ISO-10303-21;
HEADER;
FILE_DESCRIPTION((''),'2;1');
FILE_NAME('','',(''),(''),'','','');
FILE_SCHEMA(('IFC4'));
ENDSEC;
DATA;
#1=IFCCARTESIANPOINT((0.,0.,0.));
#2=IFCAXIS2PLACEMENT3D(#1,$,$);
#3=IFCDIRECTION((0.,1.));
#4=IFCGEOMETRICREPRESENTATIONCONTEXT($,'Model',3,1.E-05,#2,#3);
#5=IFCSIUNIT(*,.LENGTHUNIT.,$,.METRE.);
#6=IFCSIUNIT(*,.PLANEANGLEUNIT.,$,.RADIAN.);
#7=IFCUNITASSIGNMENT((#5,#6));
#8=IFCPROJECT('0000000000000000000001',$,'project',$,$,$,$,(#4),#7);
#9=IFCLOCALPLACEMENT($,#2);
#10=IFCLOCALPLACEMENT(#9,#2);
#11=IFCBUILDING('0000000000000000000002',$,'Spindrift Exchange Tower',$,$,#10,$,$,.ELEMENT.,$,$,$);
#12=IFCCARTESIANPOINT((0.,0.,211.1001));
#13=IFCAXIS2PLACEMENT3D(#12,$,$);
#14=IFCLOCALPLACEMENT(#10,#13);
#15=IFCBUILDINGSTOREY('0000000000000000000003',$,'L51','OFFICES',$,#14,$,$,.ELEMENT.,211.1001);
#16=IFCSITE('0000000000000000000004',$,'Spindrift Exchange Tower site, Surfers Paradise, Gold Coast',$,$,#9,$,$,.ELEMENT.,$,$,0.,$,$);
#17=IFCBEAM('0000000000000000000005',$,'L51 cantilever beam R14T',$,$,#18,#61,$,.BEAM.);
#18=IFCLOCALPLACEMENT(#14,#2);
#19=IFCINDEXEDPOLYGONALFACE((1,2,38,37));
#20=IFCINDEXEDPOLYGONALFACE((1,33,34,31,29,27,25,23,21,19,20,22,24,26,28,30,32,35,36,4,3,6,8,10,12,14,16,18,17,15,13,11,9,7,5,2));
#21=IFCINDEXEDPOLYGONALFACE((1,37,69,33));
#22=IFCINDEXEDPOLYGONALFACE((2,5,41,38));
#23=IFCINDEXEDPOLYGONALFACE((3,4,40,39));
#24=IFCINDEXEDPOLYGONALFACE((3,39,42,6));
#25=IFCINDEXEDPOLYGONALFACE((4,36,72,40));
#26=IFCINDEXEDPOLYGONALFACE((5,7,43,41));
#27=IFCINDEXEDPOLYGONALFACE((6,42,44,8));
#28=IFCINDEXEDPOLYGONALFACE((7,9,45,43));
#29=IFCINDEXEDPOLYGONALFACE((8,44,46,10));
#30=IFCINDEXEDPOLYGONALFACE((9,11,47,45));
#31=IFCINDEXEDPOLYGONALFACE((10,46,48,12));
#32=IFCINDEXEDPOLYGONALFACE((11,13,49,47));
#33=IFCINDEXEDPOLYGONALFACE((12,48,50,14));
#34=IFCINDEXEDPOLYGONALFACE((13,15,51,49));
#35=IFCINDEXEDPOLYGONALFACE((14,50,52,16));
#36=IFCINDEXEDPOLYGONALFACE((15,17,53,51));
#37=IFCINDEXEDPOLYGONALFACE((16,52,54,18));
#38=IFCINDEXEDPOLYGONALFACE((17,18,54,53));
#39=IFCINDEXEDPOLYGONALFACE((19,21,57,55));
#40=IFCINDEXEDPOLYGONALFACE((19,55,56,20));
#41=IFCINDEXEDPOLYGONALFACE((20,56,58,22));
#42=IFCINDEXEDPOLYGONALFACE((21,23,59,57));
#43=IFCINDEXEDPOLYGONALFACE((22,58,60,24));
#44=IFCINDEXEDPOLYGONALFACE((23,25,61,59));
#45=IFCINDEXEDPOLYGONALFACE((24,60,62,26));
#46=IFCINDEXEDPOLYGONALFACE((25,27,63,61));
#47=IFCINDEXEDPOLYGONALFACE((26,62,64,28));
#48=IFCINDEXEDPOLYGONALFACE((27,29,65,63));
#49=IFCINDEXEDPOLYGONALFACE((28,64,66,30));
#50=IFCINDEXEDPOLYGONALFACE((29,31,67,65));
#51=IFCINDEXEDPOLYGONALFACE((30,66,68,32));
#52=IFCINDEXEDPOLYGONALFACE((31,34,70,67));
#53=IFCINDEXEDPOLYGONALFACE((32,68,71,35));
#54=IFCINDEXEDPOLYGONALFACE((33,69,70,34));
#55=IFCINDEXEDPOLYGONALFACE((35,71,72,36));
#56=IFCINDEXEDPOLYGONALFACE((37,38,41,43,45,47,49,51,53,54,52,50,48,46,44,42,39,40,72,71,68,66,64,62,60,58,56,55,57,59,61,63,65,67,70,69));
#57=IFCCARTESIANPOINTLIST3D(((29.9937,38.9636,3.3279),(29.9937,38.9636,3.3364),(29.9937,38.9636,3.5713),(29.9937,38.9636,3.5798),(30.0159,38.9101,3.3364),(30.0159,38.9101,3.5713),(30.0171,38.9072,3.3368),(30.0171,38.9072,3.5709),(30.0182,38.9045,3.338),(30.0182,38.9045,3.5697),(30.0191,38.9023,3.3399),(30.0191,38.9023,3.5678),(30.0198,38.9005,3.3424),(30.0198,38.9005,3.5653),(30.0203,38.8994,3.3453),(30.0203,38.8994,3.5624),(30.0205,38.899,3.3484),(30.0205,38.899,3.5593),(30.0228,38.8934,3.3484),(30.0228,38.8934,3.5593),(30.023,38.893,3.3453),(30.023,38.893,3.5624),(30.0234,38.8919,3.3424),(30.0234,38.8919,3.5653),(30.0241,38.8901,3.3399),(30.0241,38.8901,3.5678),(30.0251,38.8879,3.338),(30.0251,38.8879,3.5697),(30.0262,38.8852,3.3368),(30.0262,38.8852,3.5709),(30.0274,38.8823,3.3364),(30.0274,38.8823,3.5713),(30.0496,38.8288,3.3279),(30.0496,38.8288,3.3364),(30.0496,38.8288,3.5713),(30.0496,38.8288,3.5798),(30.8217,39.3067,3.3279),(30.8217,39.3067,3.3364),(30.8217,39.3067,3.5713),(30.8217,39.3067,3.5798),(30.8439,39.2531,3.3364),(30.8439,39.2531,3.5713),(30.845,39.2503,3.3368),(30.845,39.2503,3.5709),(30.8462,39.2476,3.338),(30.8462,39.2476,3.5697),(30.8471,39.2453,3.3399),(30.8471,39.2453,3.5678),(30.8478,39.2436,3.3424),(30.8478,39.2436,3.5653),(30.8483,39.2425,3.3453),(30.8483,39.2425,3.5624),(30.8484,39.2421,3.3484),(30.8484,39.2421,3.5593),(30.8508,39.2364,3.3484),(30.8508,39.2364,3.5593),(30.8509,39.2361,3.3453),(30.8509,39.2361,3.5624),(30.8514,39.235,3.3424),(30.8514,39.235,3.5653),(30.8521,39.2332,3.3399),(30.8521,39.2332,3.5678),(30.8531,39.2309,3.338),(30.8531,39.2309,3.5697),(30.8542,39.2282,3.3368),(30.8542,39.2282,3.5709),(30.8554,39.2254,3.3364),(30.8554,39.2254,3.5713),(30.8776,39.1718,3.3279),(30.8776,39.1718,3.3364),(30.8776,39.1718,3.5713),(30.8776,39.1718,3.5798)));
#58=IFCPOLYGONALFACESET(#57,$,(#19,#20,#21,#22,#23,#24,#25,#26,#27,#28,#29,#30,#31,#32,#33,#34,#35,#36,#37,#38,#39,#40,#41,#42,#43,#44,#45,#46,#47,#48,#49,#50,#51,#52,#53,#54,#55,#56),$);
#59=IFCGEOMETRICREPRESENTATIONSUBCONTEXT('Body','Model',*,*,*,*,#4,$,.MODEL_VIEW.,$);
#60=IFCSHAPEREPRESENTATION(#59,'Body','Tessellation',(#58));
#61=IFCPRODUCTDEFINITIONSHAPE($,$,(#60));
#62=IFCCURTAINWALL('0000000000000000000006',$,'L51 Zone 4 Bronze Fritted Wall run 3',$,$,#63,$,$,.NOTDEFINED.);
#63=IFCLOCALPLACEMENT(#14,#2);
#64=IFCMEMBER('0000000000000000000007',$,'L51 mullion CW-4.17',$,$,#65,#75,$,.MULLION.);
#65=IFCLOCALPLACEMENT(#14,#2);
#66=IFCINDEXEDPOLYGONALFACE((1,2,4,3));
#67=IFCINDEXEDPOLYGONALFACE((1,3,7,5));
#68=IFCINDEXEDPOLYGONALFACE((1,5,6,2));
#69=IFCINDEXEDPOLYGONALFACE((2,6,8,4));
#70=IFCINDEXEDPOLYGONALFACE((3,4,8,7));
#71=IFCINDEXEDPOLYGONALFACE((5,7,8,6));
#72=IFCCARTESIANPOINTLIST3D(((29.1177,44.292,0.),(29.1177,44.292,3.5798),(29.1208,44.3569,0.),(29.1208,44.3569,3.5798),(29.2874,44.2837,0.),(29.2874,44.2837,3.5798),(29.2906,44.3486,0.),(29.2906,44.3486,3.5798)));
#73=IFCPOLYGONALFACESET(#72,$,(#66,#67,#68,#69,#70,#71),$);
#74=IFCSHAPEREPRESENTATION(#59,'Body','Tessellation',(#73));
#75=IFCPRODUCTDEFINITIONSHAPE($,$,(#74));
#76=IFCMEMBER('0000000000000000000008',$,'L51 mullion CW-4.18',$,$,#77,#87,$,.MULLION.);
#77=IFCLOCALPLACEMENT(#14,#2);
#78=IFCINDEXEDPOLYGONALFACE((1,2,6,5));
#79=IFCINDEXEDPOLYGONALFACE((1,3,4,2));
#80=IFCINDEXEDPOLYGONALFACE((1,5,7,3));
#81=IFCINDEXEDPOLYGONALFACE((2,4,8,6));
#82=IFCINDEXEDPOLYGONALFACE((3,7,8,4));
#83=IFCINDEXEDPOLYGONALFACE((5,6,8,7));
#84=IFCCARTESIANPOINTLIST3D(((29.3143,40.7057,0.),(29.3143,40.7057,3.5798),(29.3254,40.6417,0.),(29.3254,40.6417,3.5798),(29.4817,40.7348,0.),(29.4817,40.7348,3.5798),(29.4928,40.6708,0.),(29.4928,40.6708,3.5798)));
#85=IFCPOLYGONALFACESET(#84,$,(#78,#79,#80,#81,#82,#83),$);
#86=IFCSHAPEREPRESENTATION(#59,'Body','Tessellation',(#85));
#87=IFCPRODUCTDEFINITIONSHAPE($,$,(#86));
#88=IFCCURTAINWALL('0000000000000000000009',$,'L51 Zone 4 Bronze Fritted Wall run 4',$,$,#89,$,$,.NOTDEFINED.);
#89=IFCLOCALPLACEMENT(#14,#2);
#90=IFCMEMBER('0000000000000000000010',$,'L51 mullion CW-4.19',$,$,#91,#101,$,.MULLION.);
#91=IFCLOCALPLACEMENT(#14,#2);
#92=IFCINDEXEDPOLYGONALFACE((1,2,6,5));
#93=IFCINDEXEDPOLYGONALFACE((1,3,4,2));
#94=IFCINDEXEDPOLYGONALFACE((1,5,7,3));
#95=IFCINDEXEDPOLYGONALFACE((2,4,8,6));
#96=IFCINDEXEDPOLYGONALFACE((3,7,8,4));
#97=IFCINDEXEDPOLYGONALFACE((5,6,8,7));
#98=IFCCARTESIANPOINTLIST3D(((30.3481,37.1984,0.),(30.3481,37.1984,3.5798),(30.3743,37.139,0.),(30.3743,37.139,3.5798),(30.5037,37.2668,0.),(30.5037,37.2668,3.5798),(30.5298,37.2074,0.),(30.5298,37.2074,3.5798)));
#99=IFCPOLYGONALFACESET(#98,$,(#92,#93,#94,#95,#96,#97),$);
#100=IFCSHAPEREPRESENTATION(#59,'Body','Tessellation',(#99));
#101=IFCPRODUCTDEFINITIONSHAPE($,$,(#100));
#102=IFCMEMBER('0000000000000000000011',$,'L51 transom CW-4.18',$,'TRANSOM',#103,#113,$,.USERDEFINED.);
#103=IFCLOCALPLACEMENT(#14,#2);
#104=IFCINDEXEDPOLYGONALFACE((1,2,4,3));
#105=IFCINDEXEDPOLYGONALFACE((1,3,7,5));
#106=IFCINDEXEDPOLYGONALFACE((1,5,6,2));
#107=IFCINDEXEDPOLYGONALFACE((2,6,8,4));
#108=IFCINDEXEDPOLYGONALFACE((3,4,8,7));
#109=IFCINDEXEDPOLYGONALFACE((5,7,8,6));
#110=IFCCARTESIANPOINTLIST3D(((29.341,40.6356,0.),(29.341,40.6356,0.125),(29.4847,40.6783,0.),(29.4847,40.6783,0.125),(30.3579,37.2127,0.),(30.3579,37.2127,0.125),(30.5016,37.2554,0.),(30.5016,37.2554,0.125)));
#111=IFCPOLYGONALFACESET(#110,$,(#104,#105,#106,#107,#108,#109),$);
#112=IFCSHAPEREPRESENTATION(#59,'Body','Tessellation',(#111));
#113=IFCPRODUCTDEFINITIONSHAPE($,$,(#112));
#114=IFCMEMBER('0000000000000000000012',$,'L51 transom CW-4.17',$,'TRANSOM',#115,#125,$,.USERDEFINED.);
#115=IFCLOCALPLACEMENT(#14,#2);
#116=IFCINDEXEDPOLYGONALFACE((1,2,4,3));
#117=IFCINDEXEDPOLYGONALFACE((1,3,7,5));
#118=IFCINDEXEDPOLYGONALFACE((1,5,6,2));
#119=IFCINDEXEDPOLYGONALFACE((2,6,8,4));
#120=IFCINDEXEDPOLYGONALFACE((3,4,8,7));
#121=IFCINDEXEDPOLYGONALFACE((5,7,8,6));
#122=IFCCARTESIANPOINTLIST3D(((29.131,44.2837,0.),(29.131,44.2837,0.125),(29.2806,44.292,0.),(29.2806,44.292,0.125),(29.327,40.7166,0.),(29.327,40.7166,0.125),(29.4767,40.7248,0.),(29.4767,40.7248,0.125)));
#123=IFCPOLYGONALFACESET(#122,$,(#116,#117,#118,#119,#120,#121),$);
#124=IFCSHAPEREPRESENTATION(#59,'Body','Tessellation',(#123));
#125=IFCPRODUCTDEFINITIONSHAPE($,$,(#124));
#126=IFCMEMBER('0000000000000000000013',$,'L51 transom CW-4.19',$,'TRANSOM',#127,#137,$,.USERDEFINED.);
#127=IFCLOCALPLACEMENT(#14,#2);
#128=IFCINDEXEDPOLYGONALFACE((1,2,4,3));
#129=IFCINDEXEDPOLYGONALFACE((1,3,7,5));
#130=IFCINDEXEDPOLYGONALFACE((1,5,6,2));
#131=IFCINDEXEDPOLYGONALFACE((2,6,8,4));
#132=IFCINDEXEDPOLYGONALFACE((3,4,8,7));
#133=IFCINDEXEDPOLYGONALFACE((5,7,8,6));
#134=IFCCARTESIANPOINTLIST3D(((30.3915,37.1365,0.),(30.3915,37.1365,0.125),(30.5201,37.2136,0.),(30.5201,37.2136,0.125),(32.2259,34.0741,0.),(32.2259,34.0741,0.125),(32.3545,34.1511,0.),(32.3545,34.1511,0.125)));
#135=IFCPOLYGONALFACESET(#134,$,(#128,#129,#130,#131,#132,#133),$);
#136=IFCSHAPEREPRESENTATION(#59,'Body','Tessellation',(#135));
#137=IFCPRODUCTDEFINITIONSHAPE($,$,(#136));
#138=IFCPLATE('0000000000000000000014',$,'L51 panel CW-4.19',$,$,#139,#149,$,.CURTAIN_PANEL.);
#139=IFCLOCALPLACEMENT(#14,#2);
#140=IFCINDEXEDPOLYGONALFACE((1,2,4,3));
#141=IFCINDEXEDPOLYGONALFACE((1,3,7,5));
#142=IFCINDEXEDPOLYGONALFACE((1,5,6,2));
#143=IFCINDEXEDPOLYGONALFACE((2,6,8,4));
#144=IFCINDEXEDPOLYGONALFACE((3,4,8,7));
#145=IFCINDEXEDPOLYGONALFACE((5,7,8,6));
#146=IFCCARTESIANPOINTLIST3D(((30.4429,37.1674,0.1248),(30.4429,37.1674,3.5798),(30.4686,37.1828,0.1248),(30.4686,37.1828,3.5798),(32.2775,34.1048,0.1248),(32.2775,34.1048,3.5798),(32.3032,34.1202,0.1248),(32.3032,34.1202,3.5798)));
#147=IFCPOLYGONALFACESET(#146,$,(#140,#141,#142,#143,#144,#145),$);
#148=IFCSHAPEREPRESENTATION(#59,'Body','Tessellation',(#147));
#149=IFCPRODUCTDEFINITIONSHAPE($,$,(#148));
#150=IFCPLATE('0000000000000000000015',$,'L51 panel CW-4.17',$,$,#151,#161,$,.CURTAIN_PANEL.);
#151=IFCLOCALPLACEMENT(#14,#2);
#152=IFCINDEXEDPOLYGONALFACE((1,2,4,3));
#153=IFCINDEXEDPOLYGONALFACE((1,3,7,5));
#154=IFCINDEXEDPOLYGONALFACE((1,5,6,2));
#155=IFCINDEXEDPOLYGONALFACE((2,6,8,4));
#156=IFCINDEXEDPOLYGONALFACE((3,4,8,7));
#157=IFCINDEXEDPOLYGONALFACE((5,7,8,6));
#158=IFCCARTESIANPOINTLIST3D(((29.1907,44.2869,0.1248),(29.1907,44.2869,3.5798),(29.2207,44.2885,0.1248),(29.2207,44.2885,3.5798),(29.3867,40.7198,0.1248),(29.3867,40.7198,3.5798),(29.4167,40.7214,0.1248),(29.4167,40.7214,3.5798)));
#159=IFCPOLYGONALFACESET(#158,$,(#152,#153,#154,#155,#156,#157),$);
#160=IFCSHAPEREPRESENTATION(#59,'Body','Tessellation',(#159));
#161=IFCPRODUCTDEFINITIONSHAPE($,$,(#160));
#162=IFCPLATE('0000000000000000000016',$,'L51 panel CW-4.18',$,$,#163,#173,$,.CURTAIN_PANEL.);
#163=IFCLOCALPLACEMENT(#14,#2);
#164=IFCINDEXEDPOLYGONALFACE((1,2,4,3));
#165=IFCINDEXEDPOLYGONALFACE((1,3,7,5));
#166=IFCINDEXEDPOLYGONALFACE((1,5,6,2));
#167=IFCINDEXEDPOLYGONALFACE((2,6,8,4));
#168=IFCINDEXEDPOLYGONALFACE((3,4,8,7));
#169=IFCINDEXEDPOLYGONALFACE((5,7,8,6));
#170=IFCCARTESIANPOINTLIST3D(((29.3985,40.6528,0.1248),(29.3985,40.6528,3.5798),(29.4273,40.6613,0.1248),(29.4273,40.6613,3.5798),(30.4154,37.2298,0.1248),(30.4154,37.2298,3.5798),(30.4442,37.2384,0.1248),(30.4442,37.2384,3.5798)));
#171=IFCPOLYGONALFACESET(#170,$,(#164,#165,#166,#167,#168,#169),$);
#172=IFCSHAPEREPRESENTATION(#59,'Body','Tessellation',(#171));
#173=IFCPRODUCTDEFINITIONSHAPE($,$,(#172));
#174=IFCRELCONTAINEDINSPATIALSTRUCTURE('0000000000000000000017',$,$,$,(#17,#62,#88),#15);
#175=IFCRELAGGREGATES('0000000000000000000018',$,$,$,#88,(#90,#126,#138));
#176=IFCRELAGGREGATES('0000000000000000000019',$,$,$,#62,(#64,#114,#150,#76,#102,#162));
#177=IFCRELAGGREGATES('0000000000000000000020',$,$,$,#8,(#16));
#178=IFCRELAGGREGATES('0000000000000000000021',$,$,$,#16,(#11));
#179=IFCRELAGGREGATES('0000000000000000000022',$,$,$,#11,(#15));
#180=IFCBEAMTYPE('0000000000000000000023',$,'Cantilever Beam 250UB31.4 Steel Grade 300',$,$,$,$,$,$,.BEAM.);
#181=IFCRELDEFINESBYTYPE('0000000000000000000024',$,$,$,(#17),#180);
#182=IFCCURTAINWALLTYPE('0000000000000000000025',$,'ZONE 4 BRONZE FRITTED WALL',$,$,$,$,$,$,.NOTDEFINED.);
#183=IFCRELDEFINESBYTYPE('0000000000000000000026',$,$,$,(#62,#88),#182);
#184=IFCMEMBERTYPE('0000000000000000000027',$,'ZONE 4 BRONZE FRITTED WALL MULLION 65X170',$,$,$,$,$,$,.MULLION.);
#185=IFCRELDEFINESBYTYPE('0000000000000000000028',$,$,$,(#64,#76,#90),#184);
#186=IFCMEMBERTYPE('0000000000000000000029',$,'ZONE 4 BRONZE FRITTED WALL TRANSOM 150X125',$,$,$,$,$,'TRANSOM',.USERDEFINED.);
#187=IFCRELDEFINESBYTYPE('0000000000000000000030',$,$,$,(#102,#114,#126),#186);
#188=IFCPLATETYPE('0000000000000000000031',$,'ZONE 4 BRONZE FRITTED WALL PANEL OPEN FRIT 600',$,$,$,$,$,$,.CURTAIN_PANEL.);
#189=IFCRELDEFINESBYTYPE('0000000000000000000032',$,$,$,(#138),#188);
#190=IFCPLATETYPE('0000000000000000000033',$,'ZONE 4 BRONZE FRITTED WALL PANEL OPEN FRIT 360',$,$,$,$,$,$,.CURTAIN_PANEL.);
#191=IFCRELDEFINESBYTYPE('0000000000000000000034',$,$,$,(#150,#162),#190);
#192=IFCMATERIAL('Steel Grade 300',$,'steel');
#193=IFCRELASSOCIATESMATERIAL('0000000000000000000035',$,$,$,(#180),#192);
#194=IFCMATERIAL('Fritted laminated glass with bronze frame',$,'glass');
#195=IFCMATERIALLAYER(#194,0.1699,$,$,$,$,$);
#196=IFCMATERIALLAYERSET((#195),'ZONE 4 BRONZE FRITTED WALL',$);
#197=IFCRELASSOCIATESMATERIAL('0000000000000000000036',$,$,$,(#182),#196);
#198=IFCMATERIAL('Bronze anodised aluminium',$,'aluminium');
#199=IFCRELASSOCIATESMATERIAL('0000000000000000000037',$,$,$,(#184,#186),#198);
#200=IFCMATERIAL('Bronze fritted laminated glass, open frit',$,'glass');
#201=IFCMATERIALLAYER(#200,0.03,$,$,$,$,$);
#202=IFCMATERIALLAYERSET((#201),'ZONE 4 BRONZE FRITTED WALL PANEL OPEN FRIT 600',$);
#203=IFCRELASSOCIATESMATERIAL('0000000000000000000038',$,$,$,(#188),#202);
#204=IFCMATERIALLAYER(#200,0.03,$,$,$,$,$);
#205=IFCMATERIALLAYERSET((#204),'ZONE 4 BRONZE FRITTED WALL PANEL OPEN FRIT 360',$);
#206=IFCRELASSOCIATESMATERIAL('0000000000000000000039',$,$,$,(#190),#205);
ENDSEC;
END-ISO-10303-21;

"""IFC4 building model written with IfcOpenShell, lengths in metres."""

from ifc_helpers import new_model, si_unit, direction, frame, origin, origin_2d, place, context, subcontext, project, spatial, rectangle, i_section, extrude, source, transform, mapped, material, layer, layer_set, material_profile, profile_set, type_object, element, aggregate, save


model = new_model("IFC4")

# Units and contexts
model_context = context("Model", 3, precision=1e-05, world=origin(), true_north=direction((0.0, 1.0)))
body_context = subcontext(model_context, "Body", "Model", "MODEL_VIEW")
ifc_project = project(units=[si_unit("LENGTHUNIT", "METRE"), si_unit("PLANEANGLEUNIT", "RADIAN")], contexts=[model_context])

# Site, building, storey
site_placement = place(None, origin())
site = spatial("IfcSite", under=ifc_project, at=site_placement, Name="Spindrift Exchange Tower site, Surfers Paradise, Gold Coast", CompositionType="ELEMENT", RefElevation=0.0)
building_placement = place(site_placement, origin())
building = spatial("IfcBuilding", under=site, at=building_placement, Name="Spindrift Exchange Tower", CompositionType="ELEMENT")
storey_placement = place(building_placement, frame((0.0, 0.0, 211.1001)))
storey = spatial("IfcBuildingStorey", under=building, at=storey_placement, Name="L51", Description="OFFICES", CompositionType="ELEMENT", Elevation=211.1001)

# Beam
ifc_material_1 = material(Name="Steel Grade 300", Category="steel")
ifc_material_profile_1 = material_profile(ifc_material_1, i_section(OverallWidth=0.146, OverallDepth=0.252, WebThickness=0.0061, FlangeThickness=0.0085, FilletRadius=0.012, at=origin_2d()), Name="250UB31.4")
ifc_profile_set_1 = profile_set([ifc_material_profile_1], Name="Steel Grade 300")
beam_type_1 = type_object("IfcBeamType", Name="Cantilever Beam 250UB31.4 Steel Grade 300", PredefinedType="BEAM", material=ifc_profile_set_1)
shared_shape_1 = source(origin(), body_context, "Body", "SweptSolid", [
    extrude(i_section(OverallWidth=0.146, OverallDepth=0.252, WebThickness=0.0061, FlangeThickness=0.0085, FilletRadius=0.012, at=origin_2d()), origin(), (0.0, 0.0, 1.0), 0.8962),
])
beam_1_placement = place(storey_placement, frame((30.8496, 39.2393, 3.4539), z_axis=(-0.923841, -0.382777, 0.0), x_axis=(0.382777, -0.923841, 0.0)))
element("IfcBeam", 1, at=beam_1_placement, inside=storey, type_object=beam_type_1, Name="L51 cantilever beam R14T", PredefinedType="BEAM", context=body_context, shape_type="MappedRepresentation", body=[
    mapped(shared_shape_1, transform((0.0, 0.0, 0.0), scale=1.0)),
])

# Curtain wall, members
ifc_material_2 = material(Name="Fritted laminated glass with bronze frame", Category="glass")
ifc_layer_1 = layer(ifc_material_2, 0.1699)
ifc_layer_set_1 = layer_set([ifc_layer_1], Name="ZONE 4 BRONZE FRITTED WALL")
curtain_wall_type = type_object("IfcCurtainWallType", Name="ZONE 4 BRONZE FRITTED WALL", PredefinedType="NOTDEFINED", material=ifc_layer_set_1)
curtain_wall_1_placement = place(storey_placement, origin())
curtain_wall_1 = element("IfcCurtainWall", 2, at=curtain_wall_1_placement, inside=storey, type_object=curtain_wall_type, Name="L51 Zone 4 Bronze Fritted Wall run 3", PredefinedType="NOTDEFINED")
ifc_material_3 = material(Name="Bronze anodised aluminium", Category="aluminium")
ifc_material_profile_2 = material_profile(ifc_material_3, rectangle(XDim=0.0649, YDim=0.1699, at=origin_2d()), Name="ZONE 4 BRONZE FRITTED WALL MULLION 65X170")
ifc_profile_set_2 = profile_set([ifc_material_profile_2], Name="Bronze anodised aluminium")
member_type_1 = type_object("IfcMemberType", Name="ZONE 4 BRONZE FRITTED WALL MULLION 65X170", PredefinedType="MULLION", material=ifc_profile_set_2)
shared_shape_2 = source(origin(), body_context, "Body", "SweptSolid", [
    extrude(rectangle(XDim=0.0649, YDim=0.1699, at=origin_2d()), origin(), (0.0, 0.0, 1.0), 3.5798),
])
member_1_placement = place(storey_placement, frame((29.2041, 44.3203, 0.0), z_axis=(0.0, 0.0, 1.0), x_axis=(-0.048958, -0.998801, 0.0)))
member_1 = element("IfcMember", 3, at=member_1_placement, type_object=member_type_1, Name="L51 mullion CW-4.17", PredefinedType="MULLION", context=body_context, shape_type="MappedRepresentation", body=[
    mapped(shared_shape_2, transform((0.0, 0.0, 0.0), scale=1.0)),
])
member_2_placement = place(storey_placement, frame((29.4036, 40.6882, 0.0), z_axis=(0.0, 0.0, 1.0), x_axis=(0.170996, -0.985272, 0.0)))
member_2 = element("IfcMember", 4, at=member_2_placement, type_object=member_type_1, Name="L51 mullion CW-4.18", PredefinedType="MULLION", context=body_context, shape_type="MappedRepresentation", body=[
    mapped(shared_shape_2, transform((0.0, 0.0, 0.0), scale=1.0)),
])

# Curtain wall, member
curtain_wall_2_placement = place(storey_placement, origin())
curtain_wall_2 = element("IfcCurtainWall", 5, at=curtain_wall_2_placement, inside=storey, type_object=curtain_wall_type, Name="L51 Zone 4 Bronze Fritted Wall run 4", PredefinedType="NOTDEFINED")
member_3_placement = place(storey_placement, frame((30.439, 37.2029, 0.0), z_axis=(0.0, 0.0, 1.0), x_axis=(0.402495, -0.915422, 0.0)))
member_3 = element("IfcMember", 6, at=member_3_placement, type_object=member_type_1, Name="L51 mullion CW-4.19", PredefinedType="MULLION", context=body_context, shape_type="MappedRepresentation", body=[
    mapped(shared_shape_2, transform((0.0, 0.0, 0.0), scale=1.0)),
])

# Members
ifc_material_profile_3 = material_profile(ifc_material_3, rectangle(XDim=0.1499, YDim=0.125, at=origin_2d()), Name="ZONE 4 BRONZE FRITTED WALL TRANSOM 150X125")
ifc_profile_set_3 = profile_set([ifc_material_profile_3], Name="Bronze anodised aluminium")
member_type_2 = type_object("IfcMemberType", Name="ZONE 4 BRONZE FRITTED WALL TRANSOM 150X125", ElementType="TRANSOM", PredefinedType="USERDEFINED", material=ifc_profile_set_3)
shared_shape_3 = source(origin(), body_context, "Body", "SweptSolid", [
    extrude(rectangle(XDim=0.1499, YDim=0.125, at=origin_2d()), origin(), (0.0, 0.0, 1.0), 3.5708),
])
member_4_placement = place(storey_placement, frame((29.4128, 40.657, 0.0625), z_axis=(0.284775, -0.958594, 0.0), x_axis=(0.958594, 0.284775, 0.0)))
member_4 = element("IfcMember", 7, at=member_4_placement, type_object=member_type_2, Name="L51 transom CW-4.18", ObjectType="TRANSOM", PredefinedType="USERDEFINED", context=body_context, shape_type="MappedRepresentation", body=[
    mapped(shared_shape_3, transform((0.0, 0.0, 0.0), scale=1.0)),
])
shared_shape_4 = source(origin(), body_context, "Body", "SweptSolid", [
    extrude(rectangle(XDim=0.1499, YDim=0.125, at=origin_2d()), origin(), (0.0, 0.0, 1.0), 3.5725),
])
member_5_placement = place(storey_placement, frame((29.2058, 44.2878, 0.0625), z_axis=(0.054876, -0.998493, 0.0), x_axis=(0.998493, 0.054876, 0.0)))
member_5 = element("IfcMember", 8, at=member_5_placement, type_object=member_type_2, Name="L51 transom CW-4.17", ObjectType="TRANSOM", PredefinedType="USERDEFINED", context=body_context, shape_type="MappedRepresentation", body=[
    mapped(shared_shape_4, transform((0.0, 0.0, 0.0), scale=1.0)),
])
shared_shape_5 = source(origin(), body_context, "Body", "SweptSolid", [
    extrude(rectangle(XDim=0.1499, YDim=0.125, at=origin_2d()), origin(), (0.0, 0.0, 1.0), 3.5698),
])
member_6_placement = place(storey_placement, frame((30.4558, 37.175, 0.0625), z_axis=(0.513872, -0.857867, 0.0), x_axis=(0.857867, 0.513872, 0.0)))
member_6 = element("IfcMember", 9, at=member_6_placement, type_object=member_type_2, Name="L51 transom CW-4.19", ObjectType="TRANSOM", PredefinedType="USERDEFINED", context=body_context, shape_type="MappedRepresentation", body=[
    mapped(shared_shape_5, transform((0.0, 0.0, 0.0), scale=1.0)),
])

# Plates
ifc_material_4 = material(Name="Bronze fritted laminated glass, open frit", Category="glass")
ifc_layer_2 = layer(ifc_material_4, 0.03)
ifc_layer_set_2 = layer_set([ifc_layer_2], Name="ZONE 4 BRONZE FRITTED WALL PANEL OPEN FRIT 600")
plate_type_1 = type_object("IfcPlateType", Name="ZONE 4 BRONZE FRITTED WALL PANEL OPEN FRIT 600", PredefinedType="CURTAIN_PANEL", material=ifc_layer_set_2)
shared_shape_6 = source(origin(), body_context, "Body", "SweptSolid", [
    extrude(rectangle(XDim=3.5701, YDim=0.03, at=origin_2d()), origin(), (0.0, 0.0, 1.0), 3.4551),
])
plate_1_placement = place(storey_placement, frame((31.373, 35.6438, 0.1248), z_axis=(0.0, 0.0, 1.0), x_axis=(0.513881, -0.857861, 0.0)))
plate_1 = element("IfcPlate", 10, at=plate_1_placement, type_object=plate_type_1, Name="L51 panel CW-4.19", PredefinedType="CURTAIN_PANEL", context=body_context, shape_type="MappedRepresentation", body=[
    mapped(shared_shape_6, transform((0.0, 0.0, 0.0), scale=1.0)),
])
aggregate(curtain_wall_2, [member_3, member_6, plate_1])
ifc_layer_3 = layer(ifc_material_4, 0.03)
ifc_layer_set_3 = layer_set([ifc_layer_3], Name="ZONE 4 BRONZE FRITTED WALL PANEL OPEN FRIT 360")
plate_type_2 = type_object("IfcPlateType", Name="ZONE 4 BRONZE FRITTED WALL PANEL OPEN FRIT 360", PredefinedType="CURTAIN_PANEL", material=ifc_layer_set_3)
shared_shape_7 = source(origin(), body_context, "Body", "SweptSolid", [
    extrude(rectangle(XDim=3.5725, YDim=0.03, at=origin_2d()), origin(), (0.0, 0.0, 1.0), 3.4551),
])
plate_2_placement = place(storey_placement, frame((29.3037, 42.5042, 0.1248), z_axis=(0.0, 0.0, 1.0), x_axis=(0.054874, -0.998493, 0.0)))
plate_2 = element("IfcPlate", 11, at=plate_2_placement, type_object=plate_type_2, Name="L51 panel CW-4.17", PredefinedType="CURTAIN_PANEL", context=body_context, shape_type="MappedRepresentation", body=[
    mapped(shared_shape_7, transform((0.0, 0.0, 0.0), scale=1.0)),
])
shared_shape_8 = source(origin(), body_context, "Body", "SweptSolid", [
    extrude(rectangle(XDim=3.5708, YDim=0.03, at=origin_2d()), origin(), (0.0, 0.0, 1.0), 3.4551),
])
plate_3_placement = place(storey_placement, frame((29.9214, 38.9456, 0.1248), z_axis=(0.0, 0.0, 1.0), x_axis=(0.284783, -0.958592, 0.0)))
plate_3 = element("IfcPlate", 12, at=plate_3_placement, type_object=plate_type_2, Name="L51 panel CW-4.18", PredefinedType="CURTAIN_PANEL", context=body_context, shape_type="MappedRepresentation", body=[
    mapped(shared_shape_8, transform((0.0, 0.0, 0.0), scale=1.0)),
])
aggregate(curtain_wall_1, [member_1, member_5, plate_2, member_2, member_4, plate_3])

save(model, "model.ifc")
